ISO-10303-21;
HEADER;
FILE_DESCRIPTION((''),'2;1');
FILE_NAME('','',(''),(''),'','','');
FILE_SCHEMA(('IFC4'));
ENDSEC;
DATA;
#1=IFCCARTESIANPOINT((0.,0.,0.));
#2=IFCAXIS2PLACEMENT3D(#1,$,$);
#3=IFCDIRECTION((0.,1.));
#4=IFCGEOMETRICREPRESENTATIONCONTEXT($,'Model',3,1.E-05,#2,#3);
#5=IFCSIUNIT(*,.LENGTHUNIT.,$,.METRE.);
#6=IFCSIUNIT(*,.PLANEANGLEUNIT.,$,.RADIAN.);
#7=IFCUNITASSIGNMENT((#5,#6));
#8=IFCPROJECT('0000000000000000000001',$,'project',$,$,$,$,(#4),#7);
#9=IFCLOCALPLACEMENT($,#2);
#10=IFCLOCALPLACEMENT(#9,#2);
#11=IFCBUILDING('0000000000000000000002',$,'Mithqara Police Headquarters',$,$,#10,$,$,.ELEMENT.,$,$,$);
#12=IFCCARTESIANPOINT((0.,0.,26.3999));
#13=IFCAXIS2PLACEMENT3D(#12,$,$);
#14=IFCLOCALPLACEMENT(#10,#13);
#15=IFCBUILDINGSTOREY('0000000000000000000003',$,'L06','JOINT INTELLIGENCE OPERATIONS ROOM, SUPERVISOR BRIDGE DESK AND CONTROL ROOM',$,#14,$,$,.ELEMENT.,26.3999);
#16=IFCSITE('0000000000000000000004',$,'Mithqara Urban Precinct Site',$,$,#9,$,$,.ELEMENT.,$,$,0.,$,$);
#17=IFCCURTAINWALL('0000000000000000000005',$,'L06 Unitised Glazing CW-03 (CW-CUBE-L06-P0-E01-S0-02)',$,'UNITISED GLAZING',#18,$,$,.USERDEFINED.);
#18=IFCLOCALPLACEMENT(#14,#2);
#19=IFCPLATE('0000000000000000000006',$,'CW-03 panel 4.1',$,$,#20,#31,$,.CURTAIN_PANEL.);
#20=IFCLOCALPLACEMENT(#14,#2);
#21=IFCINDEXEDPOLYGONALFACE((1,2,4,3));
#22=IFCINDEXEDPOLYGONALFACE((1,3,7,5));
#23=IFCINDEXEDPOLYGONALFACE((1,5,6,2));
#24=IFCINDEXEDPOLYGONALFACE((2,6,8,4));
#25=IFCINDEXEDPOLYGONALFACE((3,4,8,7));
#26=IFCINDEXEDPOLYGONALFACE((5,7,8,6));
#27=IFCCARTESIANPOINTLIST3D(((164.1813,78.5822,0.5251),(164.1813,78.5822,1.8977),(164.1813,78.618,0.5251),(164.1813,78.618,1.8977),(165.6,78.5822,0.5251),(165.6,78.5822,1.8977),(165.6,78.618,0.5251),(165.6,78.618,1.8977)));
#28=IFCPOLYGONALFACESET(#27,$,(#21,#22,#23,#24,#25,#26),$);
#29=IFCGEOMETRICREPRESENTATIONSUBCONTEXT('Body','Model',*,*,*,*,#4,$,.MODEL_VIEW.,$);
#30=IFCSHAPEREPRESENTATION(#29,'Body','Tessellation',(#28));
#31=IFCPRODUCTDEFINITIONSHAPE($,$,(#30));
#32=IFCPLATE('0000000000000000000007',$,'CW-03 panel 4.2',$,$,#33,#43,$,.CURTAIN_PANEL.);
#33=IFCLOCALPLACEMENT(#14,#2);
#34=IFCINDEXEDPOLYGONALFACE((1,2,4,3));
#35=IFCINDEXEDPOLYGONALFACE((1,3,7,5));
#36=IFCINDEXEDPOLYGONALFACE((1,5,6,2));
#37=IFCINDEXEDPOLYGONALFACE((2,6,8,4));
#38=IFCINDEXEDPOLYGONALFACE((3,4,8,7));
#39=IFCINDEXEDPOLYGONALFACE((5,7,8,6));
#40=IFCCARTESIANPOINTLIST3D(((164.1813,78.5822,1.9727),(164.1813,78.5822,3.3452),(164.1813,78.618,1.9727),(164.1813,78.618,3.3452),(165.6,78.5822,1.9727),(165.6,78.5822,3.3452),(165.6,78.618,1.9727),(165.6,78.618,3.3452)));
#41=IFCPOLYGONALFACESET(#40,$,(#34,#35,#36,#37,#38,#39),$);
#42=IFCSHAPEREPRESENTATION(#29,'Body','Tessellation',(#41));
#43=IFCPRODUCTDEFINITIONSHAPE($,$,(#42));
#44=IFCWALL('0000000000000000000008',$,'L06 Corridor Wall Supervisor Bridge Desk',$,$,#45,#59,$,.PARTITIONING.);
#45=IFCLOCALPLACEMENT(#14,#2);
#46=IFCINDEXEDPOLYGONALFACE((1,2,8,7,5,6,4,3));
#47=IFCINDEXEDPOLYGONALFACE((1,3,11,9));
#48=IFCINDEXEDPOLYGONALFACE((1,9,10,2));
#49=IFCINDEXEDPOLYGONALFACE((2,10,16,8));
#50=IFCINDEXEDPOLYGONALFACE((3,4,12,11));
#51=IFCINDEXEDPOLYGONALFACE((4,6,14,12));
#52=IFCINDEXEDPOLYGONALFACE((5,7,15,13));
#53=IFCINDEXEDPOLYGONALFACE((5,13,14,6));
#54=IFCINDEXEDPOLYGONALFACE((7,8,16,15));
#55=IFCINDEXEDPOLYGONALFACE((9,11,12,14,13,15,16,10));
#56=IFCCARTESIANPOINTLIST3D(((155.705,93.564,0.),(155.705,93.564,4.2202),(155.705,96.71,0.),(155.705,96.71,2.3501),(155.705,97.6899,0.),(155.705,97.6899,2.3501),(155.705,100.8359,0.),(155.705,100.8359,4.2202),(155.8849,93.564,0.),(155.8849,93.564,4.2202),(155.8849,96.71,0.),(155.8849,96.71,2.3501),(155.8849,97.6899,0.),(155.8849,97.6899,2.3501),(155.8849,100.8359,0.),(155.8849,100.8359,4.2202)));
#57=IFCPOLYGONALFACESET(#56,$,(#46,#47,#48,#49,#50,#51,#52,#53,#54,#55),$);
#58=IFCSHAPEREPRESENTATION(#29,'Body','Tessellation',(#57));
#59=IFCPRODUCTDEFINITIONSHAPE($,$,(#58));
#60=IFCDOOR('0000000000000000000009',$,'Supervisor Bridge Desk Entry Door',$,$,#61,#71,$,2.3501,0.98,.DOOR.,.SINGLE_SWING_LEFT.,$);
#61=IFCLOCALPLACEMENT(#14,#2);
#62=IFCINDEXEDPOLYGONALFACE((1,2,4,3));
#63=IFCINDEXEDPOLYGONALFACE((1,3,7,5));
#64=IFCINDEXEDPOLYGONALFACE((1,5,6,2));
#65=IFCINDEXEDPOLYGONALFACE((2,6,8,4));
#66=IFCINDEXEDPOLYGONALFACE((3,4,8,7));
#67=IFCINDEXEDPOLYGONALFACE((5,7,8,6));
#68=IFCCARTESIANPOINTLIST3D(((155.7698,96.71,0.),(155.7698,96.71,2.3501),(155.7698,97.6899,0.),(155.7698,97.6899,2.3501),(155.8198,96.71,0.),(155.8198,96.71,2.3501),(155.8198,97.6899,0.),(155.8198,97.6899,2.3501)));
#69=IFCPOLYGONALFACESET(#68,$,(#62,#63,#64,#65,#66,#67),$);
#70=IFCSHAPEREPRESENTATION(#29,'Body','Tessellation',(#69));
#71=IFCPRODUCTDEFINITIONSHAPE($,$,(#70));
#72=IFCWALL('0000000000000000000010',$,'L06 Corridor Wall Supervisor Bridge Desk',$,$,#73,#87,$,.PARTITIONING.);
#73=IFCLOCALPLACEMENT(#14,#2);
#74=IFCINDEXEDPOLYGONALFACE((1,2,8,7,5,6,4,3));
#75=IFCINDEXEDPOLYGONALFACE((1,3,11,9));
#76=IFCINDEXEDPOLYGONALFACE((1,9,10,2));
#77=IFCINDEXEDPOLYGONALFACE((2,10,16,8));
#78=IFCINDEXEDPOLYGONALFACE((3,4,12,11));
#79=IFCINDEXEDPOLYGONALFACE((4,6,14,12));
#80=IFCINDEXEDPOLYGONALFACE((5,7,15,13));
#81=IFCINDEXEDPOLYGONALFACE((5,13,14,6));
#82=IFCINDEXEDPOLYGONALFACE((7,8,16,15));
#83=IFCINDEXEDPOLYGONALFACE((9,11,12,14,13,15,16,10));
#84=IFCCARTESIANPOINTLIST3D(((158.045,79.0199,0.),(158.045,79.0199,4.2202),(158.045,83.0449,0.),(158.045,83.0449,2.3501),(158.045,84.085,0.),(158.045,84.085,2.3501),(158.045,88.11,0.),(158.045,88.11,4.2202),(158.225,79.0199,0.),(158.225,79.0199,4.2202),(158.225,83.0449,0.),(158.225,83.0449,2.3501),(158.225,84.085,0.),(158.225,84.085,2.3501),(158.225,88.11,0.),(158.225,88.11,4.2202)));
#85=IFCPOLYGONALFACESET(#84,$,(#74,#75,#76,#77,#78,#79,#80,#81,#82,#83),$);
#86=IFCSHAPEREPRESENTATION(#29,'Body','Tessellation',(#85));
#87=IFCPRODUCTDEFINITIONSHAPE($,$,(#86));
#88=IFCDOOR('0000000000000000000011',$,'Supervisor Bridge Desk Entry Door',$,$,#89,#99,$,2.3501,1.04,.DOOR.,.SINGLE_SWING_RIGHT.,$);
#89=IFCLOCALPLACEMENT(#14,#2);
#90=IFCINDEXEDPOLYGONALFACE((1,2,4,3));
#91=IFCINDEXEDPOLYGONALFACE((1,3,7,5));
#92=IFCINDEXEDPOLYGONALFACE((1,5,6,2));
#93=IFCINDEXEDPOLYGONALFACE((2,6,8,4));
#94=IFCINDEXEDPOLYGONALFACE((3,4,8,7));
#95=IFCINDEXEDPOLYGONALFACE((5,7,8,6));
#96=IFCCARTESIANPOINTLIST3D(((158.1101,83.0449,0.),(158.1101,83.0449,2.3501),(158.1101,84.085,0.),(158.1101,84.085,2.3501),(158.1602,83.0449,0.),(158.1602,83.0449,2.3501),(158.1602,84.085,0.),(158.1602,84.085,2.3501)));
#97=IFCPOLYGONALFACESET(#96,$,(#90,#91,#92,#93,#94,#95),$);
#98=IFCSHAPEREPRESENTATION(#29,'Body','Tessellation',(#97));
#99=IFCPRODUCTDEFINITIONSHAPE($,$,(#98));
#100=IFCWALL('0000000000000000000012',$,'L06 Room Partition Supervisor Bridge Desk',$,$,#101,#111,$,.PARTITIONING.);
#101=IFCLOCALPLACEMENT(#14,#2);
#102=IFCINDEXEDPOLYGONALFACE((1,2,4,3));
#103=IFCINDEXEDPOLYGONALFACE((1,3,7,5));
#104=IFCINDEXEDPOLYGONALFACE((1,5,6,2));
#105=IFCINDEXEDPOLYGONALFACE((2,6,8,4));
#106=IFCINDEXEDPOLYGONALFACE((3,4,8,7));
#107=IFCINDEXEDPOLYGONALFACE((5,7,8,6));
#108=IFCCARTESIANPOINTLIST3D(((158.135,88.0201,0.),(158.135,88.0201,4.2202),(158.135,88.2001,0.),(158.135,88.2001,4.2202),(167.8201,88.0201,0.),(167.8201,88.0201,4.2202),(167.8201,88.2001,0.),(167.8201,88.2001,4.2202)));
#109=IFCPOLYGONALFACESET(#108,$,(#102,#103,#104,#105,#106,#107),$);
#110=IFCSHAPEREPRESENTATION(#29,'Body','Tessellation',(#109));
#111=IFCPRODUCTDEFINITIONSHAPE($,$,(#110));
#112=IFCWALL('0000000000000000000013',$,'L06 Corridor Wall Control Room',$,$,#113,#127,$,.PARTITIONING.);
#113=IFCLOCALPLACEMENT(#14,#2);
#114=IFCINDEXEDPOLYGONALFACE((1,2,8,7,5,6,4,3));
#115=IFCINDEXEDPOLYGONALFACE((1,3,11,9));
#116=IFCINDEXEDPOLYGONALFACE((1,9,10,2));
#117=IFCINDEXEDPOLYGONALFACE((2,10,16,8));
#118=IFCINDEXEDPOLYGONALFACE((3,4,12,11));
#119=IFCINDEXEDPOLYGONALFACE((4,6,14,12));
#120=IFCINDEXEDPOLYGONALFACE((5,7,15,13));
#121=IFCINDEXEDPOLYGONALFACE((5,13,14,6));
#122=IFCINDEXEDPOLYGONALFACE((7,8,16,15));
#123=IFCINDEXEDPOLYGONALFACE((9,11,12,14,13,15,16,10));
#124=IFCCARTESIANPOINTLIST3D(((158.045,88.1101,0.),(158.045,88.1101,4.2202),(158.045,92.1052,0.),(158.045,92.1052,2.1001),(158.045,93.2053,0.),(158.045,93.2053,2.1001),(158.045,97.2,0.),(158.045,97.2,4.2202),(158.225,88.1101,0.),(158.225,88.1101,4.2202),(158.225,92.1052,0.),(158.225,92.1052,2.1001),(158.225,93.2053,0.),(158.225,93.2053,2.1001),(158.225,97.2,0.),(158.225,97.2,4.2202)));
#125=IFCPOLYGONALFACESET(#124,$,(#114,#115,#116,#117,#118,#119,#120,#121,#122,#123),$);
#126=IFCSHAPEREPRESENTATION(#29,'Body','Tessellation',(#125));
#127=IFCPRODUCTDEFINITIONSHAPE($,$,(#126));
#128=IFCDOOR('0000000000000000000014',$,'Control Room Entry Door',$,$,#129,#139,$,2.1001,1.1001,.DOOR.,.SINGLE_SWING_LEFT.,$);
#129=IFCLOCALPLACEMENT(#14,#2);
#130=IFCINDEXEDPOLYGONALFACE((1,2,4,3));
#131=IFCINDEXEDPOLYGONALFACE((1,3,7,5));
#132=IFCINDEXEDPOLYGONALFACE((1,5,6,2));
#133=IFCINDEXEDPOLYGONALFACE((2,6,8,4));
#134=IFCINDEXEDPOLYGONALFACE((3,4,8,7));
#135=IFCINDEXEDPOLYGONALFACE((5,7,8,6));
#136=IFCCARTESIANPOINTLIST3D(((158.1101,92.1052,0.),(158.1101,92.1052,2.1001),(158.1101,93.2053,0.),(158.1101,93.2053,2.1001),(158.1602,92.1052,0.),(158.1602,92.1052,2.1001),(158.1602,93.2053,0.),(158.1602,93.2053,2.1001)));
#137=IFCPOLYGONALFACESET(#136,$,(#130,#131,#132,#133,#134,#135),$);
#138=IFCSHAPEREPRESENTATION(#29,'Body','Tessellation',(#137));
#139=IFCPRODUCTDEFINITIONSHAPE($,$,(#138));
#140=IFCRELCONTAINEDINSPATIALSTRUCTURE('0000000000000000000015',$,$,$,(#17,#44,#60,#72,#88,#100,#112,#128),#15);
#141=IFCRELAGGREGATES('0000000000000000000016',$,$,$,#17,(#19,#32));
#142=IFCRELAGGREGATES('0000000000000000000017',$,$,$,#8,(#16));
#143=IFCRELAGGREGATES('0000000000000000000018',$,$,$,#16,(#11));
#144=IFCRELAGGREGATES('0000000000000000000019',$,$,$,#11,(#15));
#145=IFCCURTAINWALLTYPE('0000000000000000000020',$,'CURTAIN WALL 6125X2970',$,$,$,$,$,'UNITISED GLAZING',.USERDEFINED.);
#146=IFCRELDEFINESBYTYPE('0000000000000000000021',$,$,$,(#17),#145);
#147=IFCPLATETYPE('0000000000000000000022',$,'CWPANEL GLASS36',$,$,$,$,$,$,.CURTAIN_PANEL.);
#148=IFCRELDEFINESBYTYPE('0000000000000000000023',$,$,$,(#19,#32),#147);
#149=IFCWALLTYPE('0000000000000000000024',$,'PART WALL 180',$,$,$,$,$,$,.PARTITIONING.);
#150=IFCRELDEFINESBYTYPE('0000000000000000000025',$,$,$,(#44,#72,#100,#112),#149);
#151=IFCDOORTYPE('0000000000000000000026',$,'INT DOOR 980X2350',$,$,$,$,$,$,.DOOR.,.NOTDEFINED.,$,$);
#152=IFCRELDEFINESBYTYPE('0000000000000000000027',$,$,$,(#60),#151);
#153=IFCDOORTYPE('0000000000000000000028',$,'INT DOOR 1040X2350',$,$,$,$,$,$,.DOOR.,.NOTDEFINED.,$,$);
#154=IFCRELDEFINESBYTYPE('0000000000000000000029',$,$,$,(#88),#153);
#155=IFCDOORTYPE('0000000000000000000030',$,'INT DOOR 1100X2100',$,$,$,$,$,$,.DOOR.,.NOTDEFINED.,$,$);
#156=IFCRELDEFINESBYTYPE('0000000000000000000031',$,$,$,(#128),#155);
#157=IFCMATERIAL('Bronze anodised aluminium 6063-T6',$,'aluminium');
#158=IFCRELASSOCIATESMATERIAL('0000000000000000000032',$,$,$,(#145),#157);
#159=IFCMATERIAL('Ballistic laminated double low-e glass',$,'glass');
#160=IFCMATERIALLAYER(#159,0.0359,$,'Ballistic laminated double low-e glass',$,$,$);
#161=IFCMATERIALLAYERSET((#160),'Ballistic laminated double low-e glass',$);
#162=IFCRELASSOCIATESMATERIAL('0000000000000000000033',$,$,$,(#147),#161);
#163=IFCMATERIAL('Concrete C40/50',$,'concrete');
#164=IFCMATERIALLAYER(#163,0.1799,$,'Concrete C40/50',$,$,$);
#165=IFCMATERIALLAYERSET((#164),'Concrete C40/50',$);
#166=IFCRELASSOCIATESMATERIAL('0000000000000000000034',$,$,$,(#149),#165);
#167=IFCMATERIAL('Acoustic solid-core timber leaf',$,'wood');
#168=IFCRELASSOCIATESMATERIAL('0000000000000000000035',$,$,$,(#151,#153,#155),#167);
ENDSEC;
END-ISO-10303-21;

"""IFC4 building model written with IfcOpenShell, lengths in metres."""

from ifc_helpers import new_model, si_unit, direction, frame, frame_2d, origin, origin_2d, place, context, subcontext, project, spatial, rectangle, extrude, material, layer, layer_set, type_object, element, fill, aggregate, save


model = new_model("IFC4")

# Units and contexts
model_context = context("Model", 3, precision=1e-05, world=origin(), true_north=direction((0.0, 1.0)))
body_context = subcontext(model_context, "Body", "Model", "MODEL_VIEW")
ifc_project = project(units=[si_unit("LENGTHUNIT", "METRE"), si_unit("PLANEANGLEUNIT", "RADIAN")], contexts=[model_context])

# Site, building, storey
site_placement = place(None, origin())
site = spatial("IfcSite", under=ifc_project, at=site_placement, Name="Mithqara Urban Precinct Site", CompositionType="ELEMENT", RefElevation=0.0)
building_placement = place(site_placement, origin())
building = spatial("IfcBuilding", under=site, at=building_placement, Name="Mithqara Police Headquarters", CompositionType="ELEMENT")
storey_placement = place(building_placement, frame((0.0, 0.0, 26.3999)))
storey = spatial("IfcBuildingStorey", under=building, at=storey_placement, Name="L06", Description="JOINT INTELLIGENCE OPERATIONS ROOM, SUPERVISOR BRIDGE DESK AND CONTROL ROOM", CompositionType="ELEMENT", Elevation=26.3999)

# Curtain wall, plates
ifc_material_1 = material(Name="Bronze anodised aluminium 6063-T6", Category="aluminium")
curtain_wall_type = type_object("IfcCurtainWallType", Name="CURTAIN WALL 6125X2970", ElementType="UNITISED GLAZING", PredefinedType="USERDEFINED", material=ifc_material_1)
curtain_wall_placement = place(storey_placement, origin())
curtain_wall = element("IfcCurtainWall", 1, at=curtain_wall_placement, inside=storey, type_object=curtain_wall_type, Name="L06 Unitised Glazing CW-03 (CW-CUBE-L06-P0-E01-S0-02)", ObjectType="UNITISED GLAZING", PredefinedType="USERDEFINED")
ifc_material_2 = material(Name="Ballistic laminated double low-e glass", Category="glass")
ifc_layer_1 = layer(ifc_material_2, 0.0359, Name="Ballistic laminated double low-e glass")
ifc_layer_set_1 = layer_set([ifc_layer_1], Name="Ballistic laminated double low-e glass")
plate_type = type_object("IfcPlateType", Name="CWPANEL GLASS36", PredefinedType="CURTAIN_PANEL", material=ifc_layer_set_1)
plate_1_placement = place(storey_placement, frame((164.8906, 78.6001, 0.5251), z_axis=(0.0, 0.0, 1.0), x_axis=(1.0, 0.0, 0.0)))
plate_1 = element("IfcPlate", 2, at=plate_1_placement, type_object=plate_type, Name="CW-03 panel 4.1", PredefinedType="CURTAIN_PANEL", context=body_context, shape_type="SweptSolid", body=[
    extrude(rectangle(XDim=1.4187, YDim=0.0359, at=origin_2d()), origin(), (0.0, 0.0, 1.0), 1.3726),
])
plate_2_placement = place(storey_placement, frame((164.8906, 78.6001, 1.9727), z_axis=(0.0, 0.0, 1.0), x_axis=(1.0, 0.0, 0.0)))
plate_2 = element("IfcPlate", 3, at=plate_2_placement, type_object=plate_type, Name="CW-03 panel 4.2", PredefinedType="CURTAIN_PANEL", context=body_context, shape_type="SweptSolid", body=[
    extrude(rectangle(XDim=1.4187, YDim=0.0359, at=origin_2d()), origin(), (0.0, 0.0, 1.0), 1.3726),
])
aggregate(curtain_wall, [plate_1, plate_2])

# Walls, openings, doors
ifc_material_3 = material(Name="Concrete C40/50", Category="concrete")
ifc_layer_2 = layer(ifc_material_3, 0.1799, Name="Concrete C40/50")
ifc_layer_set_2 = layer_set([ifc_layer_2], Name="Concrete C40/50")
wall_type = type_object("IfcWallType", Name="PART WALL 180", PredefinedType="PARTITIONING", material=ifc_layer_set_2)
wall_1_placement = place(storey_placement, frame((155.7949, 93.564, 0.0), z_axis=(0.0, 0.0, 1.0), x_axis=(0.0, 1.0, 0.0)))
wall_1 = element("IfcWall", 4, at=wall_1_placement, inside=storey, type_object=wall_type, Name="L06 Corridor Wall Supervisor Bridge Desk", PredefinedType="PARTITIONING", context=body_context, shape_type="SweptSolid", body=[
    extrude(rectangle(XDim=7.272, YDim=0.1799, at=frame_2d((3.636, 0.0))), origin(), (0.0, 0.0, 1.0), 4.2202),
])
opening_1_placement = place(wall_1_placement, frame((3.146, 0.0, 0.0)))
opening_1 = element("IfcOpeningElement", 5, at=opening_1_placement, cuts=wall_1, PredefinedType="OPENING", context=body_context, shape_type="SweptSolid", body=[
    extrude(rectangle(XDim=0.98, YDim=2.3501, at=frame_2d((0.49, 1.175))), frame((0.0, 0.1001, 0.0), z_axis=(0.0, -1.0, 0.0), x_axis=(1.0, 0.0, 0.0)), (0.0, 0.0, 1.0), 0.2),
])
ifc_material_4 = material(Name="Acoustic solid-core timber leaf", Category="wood")
door_type_1 = type_object("IfcDoorType", Name="INT DOOR 980X2350", OperationType="NOTDEFINED", PredefinedType="DOOR", material=ifc_material_4)
door_1_placement = place(opening_1_placement, frame((0.98, 0.0, 0.0), z_axis=(0.0, 0.0, 1.0), x_axis=(-1.0, 0.0, 0.0)))
door_1 = element("IfcDoor", 6, at=door_1_placement, inside=storey, type_object=door_type_1, Name="Supervisor Bridge Desk Entry Door", OperationType="SINGLE_SWING_LEFT", OverallHeight=2.3501, OverallWidth=0.98, PredefinedType="DOOR", context=body_context, shape_type="SweptSolid", body=[
    extrude(rectangle(XDim=0.98, YDim=2.3501, at=frame_2d((0.49, 1.175))), frame((0.0, 0.0249, 0.0), z_axis=(0.0, -1.0, 0.0), x_axis=(1.0, 0.0, 0.0)), (0.0, 0.0, 1.0), 0.05),
])
fill(opening_1, door_1)
wall_2_placement = place(storey_placement, frame((158.135, 79.02, 0.0), z_axis=(0.0, 0.0, 1.0), x_axis=(0.0, 1.0, 0.0)))
wall_2 = element("IfcWall", 7, at=wall_2_placement, inside=storey, type_object=wall_type, Name="L06 Corridor Wall Supervisor Bridge Desk", PredefinedType="PARTITIONING", context=body_context, shape_type="SweptSolid", body=[
    extrude(rectangle(XDim=9.0901, YDim=0.1799, at=frame_2d((4.5449, 0.0))), origin(), (0.0, 0.0, 1.0), 4.2202),
])
opening_2_placement = place(wall_2_placement, frame((4.0249, 0.0, 0.0)))
opening_2 = element("IfcOpeningElement", 8, at=opening_2_placement, cuts=wall_2, PredefinedType="OPENING", context=body_context, shape_type="SweptSolid", body=[
    extrude(rectangle(XDim=1.04, YDim=2.3501, at=frame_2d((0.52, 1.175))), frame((0.0, 0.1001, 0.0), z_axis=(0.0, -1.0, 0.0), x_axis=(1.0, 0.0, 0.0)), (0.0, 0.0, 1.0), 0.2),
])
door_type_2 = type_object("IfcDoorType", Name="INT DOOR 1040X2350", OperationType="NOTDEFINED", PredefinedType="DOOR", material=ifc_material_4)
door_2_placement = place(opening_2_placement, origin())
door_2 = element("IfcDoor", 9, at=door_2_placement, inside=storey, type_object=door_type_2, Name="Supervisor Bridge Desk Entry Door", OperationType="SINGLE_SWING_RIGHT", OverallHeight=2.3501, OverallWidth=1.04, PredefinedType="DOOR", context=body_context, shape_type="SweptSolid", body=[
    extrude(rectangle(XDim=1.04, YDim=2.3501, at=frame_2d((0.52, 1.175))), frame((0.0, 0.0249, 0.0), z_axis=(0.0, -1.0, 0.0), x_axis=(1.0, 0.0, 0.0)), (0.0, 0.0, 1.0), 0.05),
])
fill(opening_2, door_2)

# Wall
wall_3_placement = place(storey_placement, frame((158.135, 88.1101, 0.0), z_axis=(0.0, 0.0, 1.0), x_axis=(1.0, 0.0, 0.0)))
element("IfcWall", 10, at=wall_3_placement, inside=storey, type_object=wall_type, Name="L06 Room Partition Supervisor Bridge Desk", PredefinedType="PARTITIONING", context=body_context, shape_type="SweptSolid", body=[
    extrude(rectangle(XDim=9.6851, YDim=0.1799, at=frame_2d((4.8425, 0.0))), origin(), (0.0, 0.0, 1.0), 4.2202),
])

# Wall, opening, door
wall_4_placement = place(storey_placement, frame((158.135, 88.1101, 0.0), z_axis=(0.0, 0.0, 1.0), x_axis=(0.0, 1.0, 0.0)))
wall_4 = element("IfcWall", 11, at=wall_4_placement, inside=storey, type_object=wall_type, Name="L06 Corridor Wall Control Room", PredefinedType="PARTITIONING", context=body_context, shape_type="SweptSolid", body=[
    extrude(rectangle(XDim=9.0898, YDim=0.1799, at=frame_2d((4.5449, 0.0))), origin(), (0.0, 0.0, 1.0), 4.2202),
])
opening_3_placement = place(wall_4_placement, frame((3.9951, 0.0, 0.0)))
opening_3 = element("IfcOpeningElement", 12, at=opening_3_placement, cuts=wall_4, PredefinedType="OPENING", context=body_context, shape_type="SweptSolid", body=[
    extrude(rectangle(XDim=1.1001, YDim=2.1001, at=frame_2d((0.55, 1.05))), frame((0.0, 0.1001, 0.0), z_axis=(0.0, -1.0, 0.0), x_axis=(1.0, 0.0, 0.0)), (0.0, 0.0, 1.0), 0.2),
])
door_type_3 = type_object("IfcDoorType", Name="INT DOOR 1100X2100", OperationType="NOTDEFINED", PredefinedType="DOOR", material=ifc_material_4)
door_3_placement = place(opening_3_placement, origin())
door_3 = element("IfcDoor", 13, at=door_3_placement, inside=storey, type_object=door_type_3, Name="Control Room Entry Door", OperationType="SINGLE_SWING_LEFT", OverallHeight=2.1001, OverallWidth=1.1001, PredefinedType="DOOR", context=body_context, shape_type="SweptSolid", body=[
    extrude(rectangle(XDim=1.1001, YDim=2.1001, at=frame_2d((0.55, 1.05))), frame((0.0, 0.0249, 0.0), z_axis=(0.0, -1.0, 0.0), x_axis=(1.0, 0.0, 0.0)), (0.0, 0.0, 1.0), 0.05),
])
fill(opening_3, door_3)

save(model, "model.ifc")
